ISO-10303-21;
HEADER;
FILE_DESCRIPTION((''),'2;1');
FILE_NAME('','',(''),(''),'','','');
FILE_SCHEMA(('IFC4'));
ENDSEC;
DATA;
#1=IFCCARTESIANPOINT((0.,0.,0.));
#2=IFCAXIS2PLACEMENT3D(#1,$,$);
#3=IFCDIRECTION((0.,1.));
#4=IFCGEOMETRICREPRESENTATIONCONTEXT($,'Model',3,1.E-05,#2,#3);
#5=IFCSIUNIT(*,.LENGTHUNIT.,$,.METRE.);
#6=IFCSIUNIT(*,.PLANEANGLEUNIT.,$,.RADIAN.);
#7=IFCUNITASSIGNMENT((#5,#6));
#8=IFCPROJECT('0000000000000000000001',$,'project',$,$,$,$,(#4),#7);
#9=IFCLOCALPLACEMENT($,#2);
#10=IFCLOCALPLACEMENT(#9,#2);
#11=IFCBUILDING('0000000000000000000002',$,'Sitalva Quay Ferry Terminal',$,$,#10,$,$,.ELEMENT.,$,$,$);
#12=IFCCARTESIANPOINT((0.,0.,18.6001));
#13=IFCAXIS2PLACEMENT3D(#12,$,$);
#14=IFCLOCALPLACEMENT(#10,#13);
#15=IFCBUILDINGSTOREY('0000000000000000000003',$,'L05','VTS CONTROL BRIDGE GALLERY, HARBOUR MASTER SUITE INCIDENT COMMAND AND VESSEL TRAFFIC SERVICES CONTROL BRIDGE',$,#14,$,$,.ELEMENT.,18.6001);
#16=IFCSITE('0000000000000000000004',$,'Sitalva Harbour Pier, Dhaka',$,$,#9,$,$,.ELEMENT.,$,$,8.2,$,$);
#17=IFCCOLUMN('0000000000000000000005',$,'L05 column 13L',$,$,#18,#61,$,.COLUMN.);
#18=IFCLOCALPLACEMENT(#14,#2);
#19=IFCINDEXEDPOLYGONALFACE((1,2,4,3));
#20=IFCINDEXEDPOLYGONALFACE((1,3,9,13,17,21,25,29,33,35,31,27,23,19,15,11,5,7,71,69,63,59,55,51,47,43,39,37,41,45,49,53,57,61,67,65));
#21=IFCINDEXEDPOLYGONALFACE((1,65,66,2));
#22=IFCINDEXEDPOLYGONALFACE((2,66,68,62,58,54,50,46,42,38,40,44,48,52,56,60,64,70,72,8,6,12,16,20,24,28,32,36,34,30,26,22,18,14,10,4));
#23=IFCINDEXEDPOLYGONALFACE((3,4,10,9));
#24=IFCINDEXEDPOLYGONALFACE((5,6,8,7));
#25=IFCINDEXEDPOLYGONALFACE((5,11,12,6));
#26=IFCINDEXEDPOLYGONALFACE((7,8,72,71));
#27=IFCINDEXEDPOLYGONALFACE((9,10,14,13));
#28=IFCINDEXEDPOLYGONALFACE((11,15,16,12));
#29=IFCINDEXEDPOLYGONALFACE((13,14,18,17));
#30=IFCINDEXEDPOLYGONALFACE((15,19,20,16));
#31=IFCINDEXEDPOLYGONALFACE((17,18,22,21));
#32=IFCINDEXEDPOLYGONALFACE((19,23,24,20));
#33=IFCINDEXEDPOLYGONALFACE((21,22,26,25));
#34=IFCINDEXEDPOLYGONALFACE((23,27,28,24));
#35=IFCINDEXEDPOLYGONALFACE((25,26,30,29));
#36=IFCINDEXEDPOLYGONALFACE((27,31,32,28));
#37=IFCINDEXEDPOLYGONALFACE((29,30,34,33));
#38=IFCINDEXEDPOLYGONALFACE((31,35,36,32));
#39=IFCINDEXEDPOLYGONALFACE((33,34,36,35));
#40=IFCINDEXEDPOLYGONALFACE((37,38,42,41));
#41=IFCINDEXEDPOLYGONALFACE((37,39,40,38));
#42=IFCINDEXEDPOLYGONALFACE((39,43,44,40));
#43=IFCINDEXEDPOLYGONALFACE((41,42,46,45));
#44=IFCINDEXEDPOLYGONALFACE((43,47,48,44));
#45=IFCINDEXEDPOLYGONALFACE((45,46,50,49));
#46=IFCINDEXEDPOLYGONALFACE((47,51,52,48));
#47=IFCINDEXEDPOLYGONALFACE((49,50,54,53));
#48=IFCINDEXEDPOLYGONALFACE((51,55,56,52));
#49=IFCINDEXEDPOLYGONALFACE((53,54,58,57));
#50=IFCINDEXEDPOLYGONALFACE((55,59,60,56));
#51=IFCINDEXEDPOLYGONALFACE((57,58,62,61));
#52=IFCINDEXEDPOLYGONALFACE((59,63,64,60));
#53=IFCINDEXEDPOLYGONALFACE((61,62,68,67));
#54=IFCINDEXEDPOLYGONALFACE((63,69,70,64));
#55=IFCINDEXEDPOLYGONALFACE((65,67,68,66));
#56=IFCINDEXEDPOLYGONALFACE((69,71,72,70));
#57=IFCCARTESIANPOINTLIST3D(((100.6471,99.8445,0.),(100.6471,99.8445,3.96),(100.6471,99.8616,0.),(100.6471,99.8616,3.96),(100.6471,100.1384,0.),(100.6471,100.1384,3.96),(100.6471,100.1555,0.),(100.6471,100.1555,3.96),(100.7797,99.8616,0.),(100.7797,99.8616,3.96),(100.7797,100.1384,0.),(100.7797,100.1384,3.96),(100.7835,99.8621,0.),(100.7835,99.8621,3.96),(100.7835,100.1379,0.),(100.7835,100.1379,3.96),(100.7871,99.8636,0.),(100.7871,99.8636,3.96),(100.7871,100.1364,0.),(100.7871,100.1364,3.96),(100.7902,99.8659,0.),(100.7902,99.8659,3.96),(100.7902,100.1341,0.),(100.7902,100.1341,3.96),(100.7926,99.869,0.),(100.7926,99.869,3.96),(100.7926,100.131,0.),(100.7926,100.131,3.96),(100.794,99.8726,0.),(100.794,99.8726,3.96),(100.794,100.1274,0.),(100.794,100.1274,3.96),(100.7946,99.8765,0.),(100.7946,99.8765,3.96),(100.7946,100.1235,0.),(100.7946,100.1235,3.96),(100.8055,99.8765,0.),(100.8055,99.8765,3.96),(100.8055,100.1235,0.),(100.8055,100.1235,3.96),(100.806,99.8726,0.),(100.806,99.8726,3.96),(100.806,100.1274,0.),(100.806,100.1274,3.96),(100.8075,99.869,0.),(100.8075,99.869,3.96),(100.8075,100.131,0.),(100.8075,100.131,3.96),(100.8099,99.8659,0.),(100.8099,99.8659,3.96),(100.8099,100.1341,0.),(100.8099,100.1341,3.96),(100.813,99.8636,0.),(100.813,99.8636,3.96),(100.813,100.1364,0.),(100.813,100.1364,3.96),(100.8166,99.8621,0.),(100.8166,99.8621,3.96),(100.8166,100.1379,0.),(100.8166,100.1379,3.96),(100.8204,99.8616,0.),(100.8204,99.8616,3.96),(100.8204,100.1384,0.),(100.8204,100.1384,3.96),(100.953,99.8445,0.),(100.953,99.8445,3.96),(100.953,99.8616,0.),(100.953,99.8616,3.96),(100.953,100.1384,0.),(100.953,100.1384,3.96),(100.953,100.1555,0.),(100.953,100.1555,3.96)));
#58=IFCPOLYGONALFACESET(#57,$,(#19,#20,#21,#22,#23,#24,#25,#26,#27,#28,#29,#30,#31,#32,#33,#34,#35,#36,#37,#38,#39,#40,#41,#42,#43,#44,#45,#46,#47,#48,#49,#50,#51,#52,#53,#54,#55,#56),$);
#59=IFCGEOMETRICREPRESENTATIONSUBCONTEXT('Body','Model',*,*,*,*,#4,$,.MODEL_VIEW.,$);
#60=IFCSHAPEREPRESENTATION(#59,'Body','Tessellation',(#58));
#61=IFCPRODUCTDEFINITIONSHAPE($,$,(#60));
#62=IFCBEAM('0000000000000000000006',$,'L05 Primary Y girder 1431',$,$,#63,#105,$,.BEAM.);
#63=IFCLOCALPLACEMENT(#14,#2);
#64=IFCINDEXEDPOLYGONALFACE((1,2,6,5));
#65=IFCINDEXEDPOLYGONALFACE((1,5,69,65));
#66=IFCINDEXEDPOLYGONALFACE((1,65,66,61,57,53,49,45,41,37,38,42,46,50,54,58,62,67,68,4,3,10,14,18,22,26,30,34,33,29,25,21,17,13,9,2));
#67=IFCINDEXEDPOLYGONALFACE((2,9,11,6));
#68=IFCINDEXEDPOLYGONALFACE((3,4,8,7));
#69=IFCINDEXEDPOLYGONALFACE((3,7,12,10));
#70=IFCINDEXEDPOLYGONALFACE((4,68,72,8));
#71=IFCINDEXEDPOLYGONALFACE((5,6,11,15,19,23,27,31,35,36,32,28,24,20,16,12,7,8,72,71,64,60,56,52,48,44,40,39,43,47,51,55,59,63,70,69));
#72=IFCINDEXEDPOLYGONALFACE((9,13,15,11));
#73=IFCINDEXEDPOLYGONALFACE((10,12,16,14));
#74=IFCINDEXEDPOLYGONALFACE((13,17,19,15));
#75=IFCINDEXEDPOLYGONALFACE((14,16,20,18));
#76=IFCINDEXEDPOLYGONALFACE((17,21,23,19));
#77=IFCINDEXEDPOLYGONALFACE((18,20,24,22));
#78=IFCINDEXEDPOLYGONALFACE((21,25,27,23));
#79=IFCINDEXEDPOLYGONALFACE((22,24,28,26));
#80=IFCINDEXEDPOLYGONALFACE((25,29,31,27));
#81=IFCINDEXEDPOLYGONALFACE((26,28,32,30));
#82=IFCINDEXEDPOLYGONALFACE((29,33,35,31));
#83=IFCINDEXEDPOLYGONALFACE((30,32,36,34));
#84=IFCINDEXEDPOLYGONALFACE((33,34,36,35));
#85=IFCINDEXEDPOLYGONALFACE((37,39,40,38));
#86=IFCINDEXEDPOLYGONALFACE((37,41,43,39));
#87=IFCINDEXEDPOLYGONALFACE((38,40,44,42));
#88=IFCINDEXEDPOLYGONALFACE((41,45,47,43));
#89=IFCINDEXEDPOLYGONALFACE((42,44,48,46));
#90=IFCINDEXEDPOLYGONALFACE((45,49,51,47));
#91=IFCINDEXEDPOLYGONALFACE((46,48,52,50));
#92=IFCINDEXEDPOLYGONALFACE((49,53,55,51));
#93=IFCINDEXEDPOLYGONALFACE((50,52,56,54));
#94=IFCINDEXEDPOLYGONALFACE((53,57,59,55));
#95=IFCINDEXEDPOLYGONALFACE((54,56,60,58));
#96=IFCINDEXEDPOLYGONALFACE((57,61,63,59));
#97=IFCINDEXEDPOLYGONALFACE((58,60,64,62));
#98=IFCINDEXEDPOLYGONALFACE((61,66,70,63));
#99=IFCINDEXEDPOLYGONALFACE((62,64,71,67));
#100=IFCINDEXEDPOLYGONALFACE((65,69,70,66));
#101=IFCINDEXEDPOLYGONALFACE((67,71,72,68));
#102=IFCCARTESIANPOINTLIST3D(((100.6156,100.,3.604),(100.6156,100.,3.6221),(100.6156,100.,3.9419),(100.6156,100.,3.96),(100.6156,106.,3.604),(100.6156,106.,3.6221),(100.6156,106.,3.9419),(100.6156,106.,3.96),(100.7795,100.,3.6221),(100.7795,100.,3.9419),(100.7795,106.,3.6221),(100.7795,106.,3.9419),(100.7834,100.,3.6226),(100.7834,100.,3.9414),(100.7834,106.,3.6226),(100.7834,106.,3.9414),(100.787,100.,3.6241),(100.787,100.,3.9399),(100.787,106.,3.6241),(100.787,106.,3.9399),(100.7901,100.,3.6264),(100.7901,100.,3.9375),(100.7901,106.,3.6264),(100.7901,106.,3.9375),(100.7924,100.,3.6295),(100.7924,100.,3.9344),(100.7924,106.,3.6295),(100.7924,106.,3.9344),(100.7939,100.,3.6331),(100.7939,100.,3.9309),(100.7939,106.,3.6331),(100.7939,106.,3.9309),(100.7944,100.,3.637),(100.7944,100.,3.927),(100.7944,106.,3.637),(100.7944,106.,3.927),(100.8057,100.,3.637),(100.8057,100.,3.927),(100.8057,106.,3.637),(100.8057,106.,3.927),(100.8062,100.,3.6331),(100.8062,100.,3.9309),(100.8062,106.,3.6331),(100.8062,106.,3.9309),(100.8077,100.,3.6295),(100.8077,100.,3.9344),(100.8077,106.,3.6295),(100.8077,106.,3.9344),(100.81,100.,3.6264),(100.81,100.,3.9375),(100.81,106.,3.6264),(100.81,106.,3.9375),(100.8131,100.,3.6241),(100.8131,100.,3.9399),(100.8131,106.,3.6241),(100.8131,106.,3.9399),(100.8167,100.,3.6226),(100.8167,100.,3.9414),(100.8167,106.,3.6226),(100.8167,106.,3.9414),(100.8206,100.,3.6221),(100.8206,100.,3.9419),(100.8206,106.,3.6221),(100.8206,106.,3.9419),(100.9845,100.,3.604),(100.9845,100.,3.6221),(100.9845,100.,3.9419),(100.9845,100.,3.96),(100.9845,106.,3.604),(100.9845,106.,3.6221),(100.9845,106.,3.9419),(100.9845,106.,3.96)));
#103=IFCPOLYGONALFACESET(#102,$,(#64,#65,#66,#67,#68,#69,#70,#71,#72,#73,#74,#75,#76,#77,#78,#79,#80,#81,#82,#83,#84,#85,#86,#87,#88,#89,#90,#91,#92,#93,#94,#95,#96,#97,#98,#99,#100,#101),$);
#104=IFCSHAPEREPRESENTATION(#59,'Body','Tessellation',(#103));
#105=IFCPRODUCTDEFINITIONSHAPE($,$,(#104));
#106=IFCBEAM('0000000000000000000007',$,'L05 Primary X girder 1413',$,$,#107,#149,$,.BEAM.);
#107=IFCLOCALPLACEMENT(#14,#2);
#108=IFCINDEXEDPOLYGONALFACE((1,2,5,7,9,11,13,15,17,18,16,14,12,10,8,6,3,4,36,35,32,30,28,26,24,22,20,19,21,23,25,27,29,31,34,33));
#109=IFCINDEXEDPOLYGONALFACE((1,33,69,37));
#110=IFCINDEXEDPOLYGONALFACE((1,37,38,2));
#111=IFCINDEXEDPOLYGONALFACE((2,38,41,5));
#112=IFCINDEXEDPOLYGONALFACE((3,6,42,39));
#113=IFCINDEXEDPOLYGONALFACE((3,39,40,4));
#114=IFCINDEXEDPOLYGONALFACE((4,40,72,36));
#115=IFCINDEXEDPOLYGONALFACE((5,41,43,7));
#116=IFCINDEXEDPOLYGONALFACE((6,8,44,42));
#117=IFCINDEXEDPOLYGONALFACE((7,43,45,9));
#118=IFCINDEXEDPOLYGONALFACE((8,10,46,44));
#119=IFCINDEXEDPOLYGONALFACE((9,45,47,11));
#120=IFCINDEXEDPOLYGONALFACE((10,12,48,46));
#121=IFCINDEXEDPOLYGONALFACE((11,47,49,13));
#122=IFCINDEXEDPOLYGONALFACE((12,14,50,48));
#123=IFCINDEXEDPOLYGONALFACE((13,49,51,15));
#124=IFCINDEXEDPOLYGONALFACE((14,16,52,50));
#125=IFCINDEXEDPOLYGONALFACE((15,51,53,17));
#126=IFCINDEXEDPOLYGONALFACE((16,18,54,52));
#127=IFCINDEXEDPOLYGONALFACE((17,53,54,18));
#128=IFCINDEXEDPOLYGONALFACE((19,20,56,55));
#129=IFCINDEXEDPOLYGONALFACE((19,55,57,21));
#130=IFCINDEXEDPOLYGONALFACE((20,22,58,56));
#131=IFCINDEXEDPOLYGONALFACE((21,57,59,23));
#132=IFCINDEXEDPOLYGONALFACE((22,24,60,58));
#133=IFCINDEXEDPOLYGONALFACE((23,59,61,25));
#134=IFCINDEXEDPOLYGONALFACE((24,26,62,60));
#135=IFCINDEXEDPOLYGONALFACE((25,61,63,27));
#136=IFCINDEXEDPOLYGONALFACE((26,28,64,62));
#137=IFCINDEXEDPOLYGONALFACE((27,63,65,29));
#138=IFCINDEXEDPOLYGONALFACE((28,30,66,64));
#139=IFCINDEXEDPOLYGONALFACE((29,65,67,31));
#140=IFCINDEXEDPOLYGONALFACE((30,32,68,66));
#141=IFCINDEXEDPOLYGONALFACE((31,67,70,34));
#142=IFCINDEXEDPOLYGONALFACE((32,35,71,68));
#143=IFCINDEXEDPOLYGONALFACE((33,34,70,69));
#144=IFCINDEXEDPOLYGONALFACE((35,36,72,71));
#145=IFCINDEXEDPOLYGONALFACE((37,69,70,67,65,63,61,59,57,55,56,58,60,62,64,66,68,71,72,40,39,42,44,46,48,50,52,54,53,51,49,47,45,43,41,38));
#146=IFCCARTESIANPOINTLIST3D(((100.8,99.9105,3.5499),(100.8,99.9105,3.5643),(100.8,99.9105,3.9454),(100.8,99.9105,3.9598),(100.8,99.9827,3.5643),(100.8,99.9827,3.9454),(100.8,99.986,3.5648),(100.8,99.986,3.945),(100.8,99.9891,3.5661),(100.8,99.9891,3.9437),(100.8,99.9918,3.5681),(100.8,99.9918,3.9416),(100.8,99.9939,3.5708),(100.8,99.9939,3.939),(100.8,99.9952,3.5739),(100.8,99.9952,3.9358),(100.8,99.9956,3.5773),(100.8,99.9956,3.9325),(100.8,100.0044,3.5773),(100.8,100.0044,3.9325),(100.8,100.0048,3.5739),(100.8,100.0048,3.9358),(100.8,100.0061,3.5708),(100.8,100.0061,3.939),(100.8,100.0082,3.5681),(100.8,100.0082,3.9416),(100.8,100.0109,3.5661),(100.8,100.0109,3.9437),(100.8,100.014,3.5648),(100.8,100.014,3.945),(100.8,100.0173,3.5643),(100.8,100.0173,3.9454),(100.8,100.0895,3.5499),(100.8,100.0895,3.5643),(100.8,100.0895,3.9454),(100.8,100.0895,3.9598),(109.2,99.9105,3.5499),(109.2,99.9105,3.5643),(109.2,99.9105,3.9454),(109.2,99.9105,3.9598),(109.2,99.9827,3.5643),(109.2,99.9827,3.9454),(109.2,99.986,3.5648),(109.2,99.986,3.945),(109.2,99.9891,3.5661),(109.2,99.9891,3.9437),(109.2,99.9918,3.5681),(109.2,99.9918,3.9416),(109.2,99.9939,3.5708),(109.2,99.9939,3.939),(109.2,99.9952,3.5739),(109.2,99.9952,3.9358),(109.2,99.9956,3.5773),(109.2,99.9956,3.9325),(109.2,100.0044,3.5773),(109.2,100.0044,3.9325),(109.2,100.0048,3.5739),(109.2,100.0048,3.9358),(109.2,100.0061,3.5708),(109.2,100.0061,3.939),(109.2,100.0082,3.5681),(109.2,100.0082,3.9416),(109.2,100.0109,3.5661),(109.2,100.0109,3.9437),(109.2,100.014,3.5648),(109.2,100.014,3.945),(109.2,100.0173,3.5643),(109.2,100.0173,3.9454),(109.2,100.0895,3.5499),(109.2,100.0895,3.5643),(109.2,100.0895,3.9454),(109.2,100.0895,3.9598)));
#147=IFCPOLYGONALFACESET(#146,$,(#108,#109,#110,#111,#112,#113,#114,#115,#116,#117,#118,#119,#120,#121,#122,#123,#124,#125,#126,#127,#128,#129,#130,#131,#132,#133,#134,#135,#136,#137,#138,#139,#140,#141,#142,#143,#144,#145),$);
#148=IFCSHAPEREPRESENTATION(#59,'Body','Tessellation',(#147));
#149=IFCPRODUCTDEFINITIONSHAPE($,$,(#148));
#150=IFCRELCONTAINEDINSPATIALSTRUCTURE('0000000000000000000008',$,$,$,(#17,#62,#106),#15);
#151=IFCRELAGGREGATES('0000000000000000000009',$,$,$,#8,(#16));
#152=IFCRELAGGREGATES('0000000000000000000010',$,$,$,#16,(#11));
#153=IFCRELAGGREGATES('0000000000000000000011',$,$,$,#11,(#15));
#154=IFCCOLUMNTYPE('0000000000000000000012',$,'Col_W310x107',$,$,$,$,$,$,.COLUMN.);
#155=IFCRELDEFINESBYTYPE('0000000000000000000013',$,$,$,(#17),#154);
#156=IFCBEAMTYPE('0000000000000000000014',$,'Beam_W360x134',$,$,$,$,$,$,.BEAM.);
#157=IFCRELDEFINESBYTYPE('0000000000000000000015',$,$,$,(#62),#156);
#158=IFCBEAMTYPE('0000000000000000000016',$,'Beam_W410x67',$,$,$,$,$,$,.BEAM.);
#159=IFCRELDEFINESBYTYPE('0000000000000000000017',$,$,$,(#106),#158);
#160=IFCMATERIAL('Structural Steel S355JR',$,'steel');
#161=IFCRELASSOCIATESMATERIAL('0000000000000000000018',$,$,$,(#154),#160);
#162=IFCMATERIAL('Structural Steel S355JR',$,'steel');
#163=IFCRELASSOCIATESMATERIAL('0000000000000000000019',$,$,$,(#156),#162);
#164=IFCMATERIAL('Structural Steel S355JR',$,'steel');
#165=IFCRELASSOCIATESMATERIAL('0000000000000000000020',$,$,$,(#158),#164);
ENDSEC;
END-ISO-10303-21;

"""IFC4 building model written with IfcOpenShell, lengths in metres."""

from ifc_helpers import new_model, si_unit, direction, frame, origin, origin_2d, place, context, subcontext, project, spatial, i_section, extrude, material, material_profile, profile_set, type_object, element, save


model = new_model("IFC4")

# Units and contexts
model_context = context("Model", 3, precision=1e-05, world=origin(), true_north=direction((0.0, 1.0)))
body_context = subcontext(model_context, "Body", "Model", "MODEL_VIEW")
ifc_project = project(units=[si_unit("LENGTHUNIT", "METRE"), si_unit("PLANEANGLEUNIT", "RADIAN")], contexts=[model_context])

# Site, building, storey
site_placement = place(None, origin())
site = spatial("IfcSite", under=ifc_project, at=site_placement, Name="Sitalva Harbour Pier, Dhaka", CompositionType="ELEMENT", RefElevation=8.2)
building_placement = place(site_placement, origin())
building = spatial("IfcBuilding", under=site, at=building_placement, Name="Sitalva Quay Ferry Terminal", CompositionType="ELEMENT")
storey_placement = place(building_placement, frame((0.0, 0.0, 18.6001)))
storey = spatial("IfcBuildingStorey", under=building, at=storey_placement, Name="L05", Description="VTS CONTROL BRIDGE GALLERY, HARBOUR MASTER SUITE INCIDENT COMMAND AND VESSEL TRAFFIC SERVICES CONTROL BRIDGE", CompositionType="ELEMENT", Elevation=18.6001)

# Column
ifc_material_1 = material(Name="Structural Steel S355JR", Category="steel")
ifc_material_profile_1 = material_profile(ifc_material_1, i_section(OverallWidth=0.3059, OverallDepth=0.311, WebThickness=0.011, FlangeThickness=0.0171, FilletRadius=0.0149, at=origin_2d()), Name="W310x107")
ifc_profile_set_1 = profile_set([ifc_material_profile_1], Name="Structural Steel S355JR")
column_type = type_object("IfcColumnType", Name="Col_W310x107", PredefinedType="COLUMN", material=ifc_profile_set_1)
column_placement = place(storey_placement, frame((100.8, 100.0, 0.0), z_axis=(0.0, 0.0, 1.0), x_axis=(1.0, 0.0, 0.0)))
element("IfcColumn", 1, at=column_placement, inside=storey, type_object=column_type, Name="L05 column 13L", PredefinedType="COLUMN", context=body_context, shape_type="SweptSolid", body=[
    extrude(i_section(OverallWidth=0.3059, OverallDepth=0.311, WebThickness=0.011, FlangeThickness=0.0171, FilletRadius=0.0149, at=origin_2d()), origin(), (0.0, 0.0, 1.0), 3.96),
])

# Beams
ifc_material_2 = material(Name="Structural Steel S355JR", Category="steel")
ifc_material_profile_2 = material_profile(ifc_material_2, i_section(OverallWidth=0.3689, OverallDepth=0.356, WebThickness=0.0112, FlangeThickness=0.0181, FilletRadius=0.0149, at=origin_2d()), Name="W360x134")
ifc_profile_set_2 = profile_set([ifc_material_profile_2], Name="Structural Steel S355JR")
beam_type_1 = type_object("IfcBeamType", Name="Beam_W360x134", PredefinedType="BEAM", material=ifc_profile_set_2)
beam_1_placement = place(storey_placement, frame((100.8, 100.0, 3.782), z_axis=(0.0, 1.0, 0.0), x_axis=(-1.0, 0.0, 0.0)))
element("IfcBeam", 2, at=beam_1_placement, inside=storey, type_object=beam_type_1, Name="L05 Primary Y girder 1431", PredefinedType="BEAM", context=body_context, shape_type="SweptSolid", body=[
    extrude(i_section(OverallWidth=0.3689, OverallDepth=0.356, WebThickness=0.0112, FlangeThickness=0.0181, FilletRadius=0.0149, at=origin_2d()), origin(), (0.0, 0.0, 1.0), 6.0),
])
ifc_material_3 = material(Name="Structural Steel S355JR", Category="steel")
ifc_material_profile_3 = material_profile(ifc_material_3, i_section(OverallWidth=0.179, OverallDepth=0.4099, WebThickness=0.0088, FlangeThickness=0.0144, FilletRadius=0.0129, at=origin_2d()), Name="W410x67")
ifc_profile_set_3 = profile_set([ifc_material_profile_3], Name="Structural Steel S355JR")
beam_type_2 = type_object("IfcBeamType", Name="Beam_W410x67", PredefinedType="BEAM", material=ifc_profile_set_3)
beam_2_placement = place(storey_placement, frame((100.8, 100.0, 3.7549), z_axis=(1.0, 0.0, 0.0), x_axis=(0.0, 1.0, 0.0)))
element("IfcBeam", 3, at=beam_2_placement, inside=storey, type_object=beam_type_2, Name="L05 Primary X girder 1413", PredefinedType="BEAM", context=body_context, shape_type="SweptSolid", body=[
    extrude(i_section(OverallWidth=0.179, OverallDepth=0.4099, WebThickness=0.0088, FlangeThickness=0.0144, FilletRadius=0.0129, at=origin_2d()), origin(), (0.0, 0.0, 1.0), 8.3999),
])

save(model, "model.ifc")
